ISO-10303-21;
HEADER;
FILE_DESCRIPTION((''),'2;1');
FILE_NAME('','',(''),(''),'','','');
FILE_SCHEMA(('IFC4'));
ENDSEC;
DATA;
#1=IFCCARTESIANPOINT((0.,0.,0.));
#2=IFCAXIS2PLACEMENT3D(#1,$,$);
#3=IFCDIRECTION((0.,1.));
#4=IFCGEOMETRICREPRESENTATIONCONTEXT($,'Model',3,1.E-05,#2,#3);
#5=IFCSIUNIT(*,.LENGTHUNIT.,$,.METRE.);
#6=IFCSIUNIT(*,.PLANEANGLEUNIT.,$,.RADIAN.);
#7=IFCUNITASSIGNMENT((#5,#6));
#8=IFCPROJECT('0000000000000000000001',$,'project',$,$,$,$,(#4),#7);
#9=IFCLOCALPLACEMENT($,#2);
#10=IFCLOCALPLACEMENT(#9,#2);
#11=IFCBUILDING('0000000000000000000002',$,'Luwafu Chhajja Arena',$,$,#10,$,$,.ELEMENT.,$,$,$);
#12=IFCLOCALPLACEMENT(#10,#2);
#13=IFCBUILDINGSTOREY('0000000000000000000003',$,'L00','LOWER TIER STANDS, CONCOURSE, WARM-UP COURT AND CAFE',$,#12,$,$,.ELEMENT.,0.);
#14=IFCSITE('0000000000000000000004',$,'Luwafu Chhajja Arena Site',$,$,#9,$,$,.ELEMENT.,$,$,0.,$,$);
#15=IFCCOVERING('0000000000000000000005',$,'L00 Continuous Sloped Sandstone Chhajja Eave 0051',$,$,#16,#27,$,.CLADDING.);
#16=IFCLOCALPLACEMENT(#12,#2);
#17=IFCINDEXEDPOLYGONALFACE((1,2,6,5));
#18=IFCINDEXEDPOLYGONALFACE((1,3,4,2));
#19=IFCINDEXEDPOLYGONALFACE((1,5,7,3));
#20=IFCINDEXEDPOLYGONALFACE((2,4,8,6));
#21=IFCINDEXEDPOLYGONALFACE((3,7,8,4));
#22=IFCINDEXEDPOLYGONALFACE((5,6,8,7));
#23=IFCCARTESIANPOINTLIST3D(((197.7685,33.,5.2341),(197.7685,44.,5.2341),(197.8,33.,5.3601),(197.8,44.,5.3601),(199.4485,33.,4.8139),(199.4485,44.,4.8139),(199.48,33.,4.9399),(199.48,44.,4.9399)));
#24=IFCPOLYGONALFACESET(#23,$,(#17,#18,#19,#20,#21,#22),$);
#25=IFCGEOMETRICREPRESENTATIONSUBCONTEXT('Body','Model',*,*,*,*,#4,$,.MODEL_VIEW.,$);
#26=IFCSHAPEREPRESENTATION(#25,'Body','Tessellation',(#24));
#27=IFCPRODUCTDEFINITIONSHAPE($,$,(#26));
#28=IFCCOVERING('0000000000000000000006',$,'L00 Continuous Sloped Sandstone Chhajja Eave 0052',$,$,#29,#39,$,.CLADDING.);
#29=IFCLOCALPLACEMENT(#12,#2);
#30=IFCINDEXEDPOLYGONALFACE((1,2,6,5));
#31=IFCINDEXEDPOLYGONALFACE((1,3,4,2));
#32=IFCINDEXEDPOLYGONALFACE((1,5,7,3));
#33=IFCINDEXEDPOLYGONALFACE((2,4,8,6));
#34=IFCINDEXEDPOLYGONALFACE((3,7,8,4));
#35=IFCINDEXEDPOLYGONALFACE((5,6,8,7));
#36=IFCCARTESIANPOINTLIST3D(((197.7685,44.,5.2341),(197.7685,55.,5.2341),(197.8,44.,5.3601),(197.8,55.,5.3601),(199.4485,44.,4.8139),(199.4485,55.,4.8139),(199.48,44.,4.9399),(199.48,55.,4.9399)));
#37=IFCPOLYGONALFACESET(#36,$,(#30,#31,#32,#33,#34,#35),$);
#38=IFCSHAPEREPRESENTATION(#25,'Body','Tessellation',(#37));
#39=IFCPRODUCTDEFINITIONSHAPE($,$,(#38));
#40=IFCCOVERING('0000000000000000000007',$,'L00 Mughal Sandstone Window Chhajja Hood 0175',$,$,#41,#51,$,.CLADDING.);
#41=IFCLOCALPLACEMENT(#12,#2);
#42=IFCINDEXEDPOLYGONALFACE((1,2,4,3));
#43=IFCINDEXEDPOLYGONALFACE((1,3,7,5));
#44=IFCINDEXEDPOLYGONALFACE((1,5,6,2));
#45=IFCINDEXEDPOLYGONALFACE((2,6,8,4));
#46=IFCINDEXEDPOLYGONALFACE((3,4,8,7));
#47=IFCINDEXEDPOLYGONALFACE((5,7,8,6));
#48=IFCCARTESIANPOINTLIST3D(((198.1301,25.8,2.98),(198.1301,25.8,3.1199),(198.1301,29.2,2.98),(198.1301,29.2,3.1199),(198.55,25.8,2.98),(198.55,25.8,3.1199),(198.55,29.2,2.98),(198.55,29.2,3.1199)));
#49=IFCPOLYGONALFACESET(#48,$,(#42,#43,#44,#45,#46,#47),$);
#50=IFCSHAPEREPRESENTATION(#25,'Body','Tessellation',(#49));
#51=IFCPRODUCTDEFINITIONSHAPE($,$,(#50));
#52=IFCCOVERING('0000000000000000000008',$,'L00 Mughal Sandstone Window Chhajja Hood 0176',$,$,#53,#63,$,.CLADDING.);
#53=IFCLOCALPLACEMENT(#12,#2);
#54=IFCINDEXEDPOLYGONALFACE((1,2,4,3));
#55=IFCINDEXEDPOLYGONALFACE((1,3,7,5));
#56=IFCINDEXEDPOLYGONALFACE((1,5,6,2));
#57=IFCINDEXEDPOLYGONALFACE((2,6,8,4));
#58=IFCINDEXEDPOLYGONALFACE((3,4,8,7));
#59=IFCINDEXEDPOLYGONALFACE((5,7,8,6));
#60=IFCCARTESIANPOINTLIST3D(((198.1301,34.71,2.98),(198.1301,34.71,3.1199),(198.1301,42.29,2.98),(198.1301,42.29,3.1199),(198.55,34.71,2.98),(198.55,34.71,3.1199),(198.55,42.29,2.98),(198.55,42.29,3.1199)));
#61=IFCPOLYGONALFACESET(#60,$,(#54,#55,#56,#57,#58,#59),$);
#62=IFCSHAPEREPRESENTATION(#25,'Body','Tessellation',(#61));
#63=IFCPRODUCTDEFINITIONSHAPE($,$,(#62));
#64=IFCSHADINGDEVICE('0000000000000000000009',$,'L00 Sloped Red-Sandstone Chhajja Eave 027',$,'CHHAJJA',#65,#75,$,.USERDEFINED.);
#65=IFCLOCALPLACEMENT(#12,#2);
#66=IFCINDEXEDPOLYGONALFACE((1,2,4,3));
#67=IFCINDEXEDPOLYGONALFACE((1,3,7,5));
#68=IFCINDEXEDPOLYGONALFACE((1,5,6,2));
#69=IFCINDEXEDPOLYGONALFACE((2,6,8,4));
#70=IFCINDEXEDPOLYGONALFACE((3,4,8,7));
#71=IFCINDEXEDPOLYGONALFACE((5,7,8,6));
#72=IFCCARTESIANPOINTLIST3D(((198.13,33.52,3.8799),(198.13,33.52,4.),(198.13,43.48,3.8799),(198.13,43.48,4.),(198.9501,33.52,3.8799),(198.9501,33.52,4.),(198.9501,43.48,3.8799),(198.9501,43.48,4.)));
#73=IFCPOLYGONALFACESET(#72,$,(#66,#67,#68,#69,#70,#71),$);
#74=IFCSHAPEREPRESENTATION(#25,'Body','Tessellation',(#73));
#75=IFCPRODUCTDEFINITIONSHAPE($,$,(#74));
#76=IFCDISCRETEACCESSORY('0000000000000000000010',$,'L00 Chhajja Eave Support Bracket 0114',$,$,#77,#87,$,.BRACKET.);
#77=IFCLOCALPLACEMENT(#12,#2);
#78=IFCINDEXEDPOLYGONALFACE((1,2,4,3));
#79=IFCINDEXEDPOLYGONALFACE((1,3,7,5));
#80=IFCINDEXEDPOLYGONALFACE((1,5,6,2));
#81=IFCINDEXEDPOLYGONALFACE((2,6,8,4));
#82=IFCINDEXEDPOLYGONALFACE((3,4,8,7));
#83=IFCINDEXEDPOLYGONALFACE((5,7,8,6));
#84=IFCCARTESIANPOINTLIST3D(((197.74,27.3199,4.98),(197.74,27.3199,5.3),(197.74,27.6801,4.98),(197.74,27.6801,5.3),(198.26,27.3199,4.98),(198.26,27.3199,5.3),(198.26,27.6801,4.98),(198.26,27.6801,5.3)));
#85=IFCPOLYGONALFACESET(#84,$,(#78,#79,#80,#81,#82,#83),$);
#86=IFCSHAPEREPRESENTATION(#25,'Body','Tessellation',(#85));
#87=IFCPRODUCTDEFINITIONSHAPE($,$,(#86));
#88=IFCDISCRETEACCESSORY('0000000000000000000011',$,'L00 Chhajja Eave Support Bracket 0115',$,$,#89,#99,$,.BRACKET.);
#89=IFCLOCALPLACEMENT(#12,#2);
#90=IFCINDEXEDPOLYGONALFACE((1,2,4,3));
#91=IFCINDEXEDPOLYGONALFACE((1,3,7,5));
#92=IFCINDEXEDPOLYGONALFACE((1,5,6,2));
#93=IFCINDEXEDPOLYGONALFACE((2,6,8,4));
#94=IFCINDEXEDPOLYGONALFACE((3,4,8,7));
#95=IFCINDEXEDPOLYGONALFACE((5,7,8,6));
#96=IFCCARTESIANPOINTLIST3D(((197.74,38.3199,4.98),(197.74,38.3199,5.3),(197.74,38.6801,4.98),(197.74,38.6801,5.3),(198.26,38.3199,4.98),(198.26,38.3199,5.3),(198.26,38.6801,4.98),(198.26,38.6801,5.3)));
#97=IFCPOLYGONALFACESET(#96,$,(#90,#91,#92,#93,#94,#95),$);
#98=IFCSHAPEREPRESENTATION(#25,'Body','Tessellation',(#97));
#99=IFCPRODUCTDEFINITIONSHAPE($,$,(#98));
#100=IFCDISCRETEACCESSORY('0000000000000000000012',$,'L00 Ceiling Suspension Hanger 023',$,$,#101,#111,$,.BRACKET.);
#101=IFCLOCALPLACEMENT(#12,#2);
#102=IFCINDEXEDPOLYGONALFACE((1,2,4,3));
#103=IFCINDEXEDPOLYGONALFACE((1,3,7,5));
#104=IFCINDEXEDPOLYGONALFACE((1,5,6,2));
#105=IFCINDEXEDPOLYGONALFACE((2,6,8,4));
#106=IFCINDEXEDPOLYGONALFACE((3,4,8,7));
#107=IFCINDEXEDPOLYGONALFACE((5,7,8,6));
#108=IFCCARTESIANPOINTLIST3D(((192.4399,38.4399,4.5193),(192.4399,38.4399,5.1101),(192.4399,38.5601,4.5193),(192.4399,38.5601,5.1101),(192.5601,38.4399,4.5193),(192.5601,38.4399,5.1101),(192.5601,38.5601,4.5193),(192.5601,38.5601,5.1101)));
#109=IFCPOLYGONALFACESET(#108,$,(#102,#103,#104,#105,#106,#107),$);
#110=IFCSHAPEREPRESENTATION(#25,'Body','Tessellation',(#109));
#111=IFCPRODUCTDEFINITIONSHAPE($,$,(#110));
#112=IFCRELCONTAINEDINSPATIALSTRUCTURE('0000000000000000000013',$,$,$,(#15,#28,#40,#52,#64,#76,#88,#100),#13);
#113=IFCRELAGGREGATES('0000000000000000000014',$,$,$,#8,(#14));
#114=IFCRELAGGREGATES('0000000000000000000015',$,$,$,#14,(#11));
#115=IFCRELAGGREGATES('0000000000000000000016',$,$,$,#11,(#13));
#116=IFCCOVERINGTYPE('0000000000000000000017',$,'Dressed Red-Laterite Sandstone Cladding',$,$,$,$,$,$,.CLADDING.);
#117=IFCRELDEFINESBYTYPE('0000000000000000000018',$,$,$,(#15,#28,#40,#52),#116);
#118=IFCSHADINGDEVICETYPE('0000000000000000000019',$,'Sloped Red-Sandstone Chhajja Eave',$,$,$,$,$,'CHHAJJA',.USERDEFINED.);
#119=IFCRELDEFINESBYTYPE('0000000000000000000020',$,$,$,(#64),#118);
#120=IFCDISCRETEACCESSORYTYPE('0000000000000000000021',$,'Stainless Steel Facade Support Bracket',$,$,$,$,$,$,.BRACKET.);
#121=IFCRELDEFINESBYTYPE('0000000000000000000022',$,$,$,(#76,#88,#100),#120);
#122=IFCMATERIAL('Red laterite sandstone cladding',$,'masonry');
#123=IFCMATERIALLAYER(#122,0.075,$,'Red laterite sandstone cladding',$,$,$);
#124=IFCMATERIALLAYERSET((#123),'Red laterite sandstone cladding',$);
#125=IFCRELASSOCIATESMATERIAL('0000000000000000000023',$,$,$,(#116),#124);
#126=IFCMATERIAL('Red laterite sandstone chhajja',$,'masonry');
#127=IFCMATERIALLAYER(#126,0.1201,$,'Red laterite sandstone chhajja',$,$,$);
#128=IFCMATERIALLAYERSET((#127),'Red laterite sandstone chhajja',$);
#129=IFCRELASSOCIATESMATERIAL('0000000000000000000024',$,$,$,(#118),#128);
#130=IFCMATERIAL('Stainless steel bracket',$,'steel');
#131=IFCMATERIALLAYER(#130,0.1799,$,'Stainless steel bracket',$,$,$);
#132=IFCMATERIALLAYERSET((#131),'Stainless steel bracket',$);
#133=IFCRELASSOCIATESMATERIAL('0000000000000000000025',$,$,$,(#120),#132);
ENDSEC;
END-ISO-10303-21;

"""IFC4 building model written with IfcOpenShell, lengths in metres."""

from ifc_helpers import new_model, si_unit, direction, frame, origin, origin_2d, place, context, subcontext, project, spatial, polyline, rectangle, outline, extrude, material, layer, layer_set, type_object, element, save


model = new_model("IFC4")

# Units and contexts
model_context = context("Model", 3, precision=1e-05, world=origin(), true_north=direction((0.0, 1.0)))
body_context = subcontext(model_context, "Body", "Model", "MODEL_VIEW")
ifc_project = project(units=[si_unit("LENGTHUNIT", "METRE"), si_unit("PLANEANGLEUNIT", "RADIAN")], contexts=[model_context])

# Site, building, storey
site_placement = place(None, origin())
site = spatial("IfcSite", under=ifc_project, at=site_placement, Name="Luwafu Chhajja Arena Site", CompositionType="ELEMENT", RefElevation=0.0)
building_placement = place(site_placement, origin())
building = spatial("IfcBuilding", under=site, at=building_placement, Name="Luwafu Chhajja Arena", CompositionType="ELEMENT")
storey_placement = place(building_placement, origin())
storey = spatial("IfcBuildingStorey", under=building, at=storey_placement, Name="L00", Description="LOWER TIER STANDS, CONCOURSE, WARM-UP COURT AND CAFE", CompositionType="ELEMENT", Elevation=0.0)

# Coverings
ifc_material_1 = material(Name="Red laterite sandstone cladding", Category="masonry")
ifc_layer_1 = layer(ifc_material_1, 0.075, Name="Red laterite sandstone cladding")
ifc_layer_set_1 = layer_set([ifc_layer_1], Name="Red laterite sandstone cladding")
covering_type = type_object("IfcCoveringType", Name="Dressed Red-Laterite Sandstone Cladding", PredefinedType="CLADDING", material=ifc_layer_set_1)
for number, where, z_axis, x_axis, name in (
    (1, (197.8, 33.0, 5.3601), (0.242635, 0.0, 0.970118), (0.0, 1.0, 0.0), "L00 Continuous Sloped Sandstone Chhajja Eave 0051"),
    (2, (197.8, 44.0, 5.3601), (0.242635, 0.0, 0.970118), (0.0, 1.0, 0.0), "L00 Continuous Sloped Sandstone Chhajja Eave 0052"),
):
    element("IfcCovering", number, at=place(storey_placement, frame(where, z_axis=z_axis, x_axis=x_axis)), inside=storey, type_object=covering_type, Name=name, PredefinedType="CLADDING", context=body_context, shape_type="SweptSolid", body=[
        extrude(outline(polyline([(0.0, 0.0), (11.0, 0.0), (11.0, -1.7317), (0.0, -1.7317), (0.0, 0.0)])), origin(), (0.0, 0.0, -1.0), 0.1299),
    ])
covering_1_placement = place(storey_placement, frame((198.3401, 27.5, 2.98), z_axis=(0.0, 0.0, 1.0), x_axis=(0.0, 1.0, 0.0)))
element("IfcCovering", 3, at=covering_1_placement, inside=storey, type_object=covering_type, Name="L00 Mughal Sandstone Window Chhajja Hood 0175", PredefinedType="CLADDING", context=body_context, shape_type="SweptSolid", body=[
    extrude(rectangle(XDim=3.3999, YDim=0.4199, at=origin_2d()), origin(), (0.0, 0.0, 1.0), 0.1399),
])
covering_2_placement = place(storey_placement, frame((198.3401, 38.5, 2.98), z_axis=(0.0, 0.0, 1.0), x_axis=(0.0, 1.0, 0.0)))
element("IfcCovering", 4, at=covering_2_placement, inside=storey, type_object=covering_type, Name="L00 Mughal Sandstone Window Chhajja Hood 0176", PredefinedType="CLADDING", context=body_context, shape_type="SweptSolid", body=[
    extrude(rectangle(XDim=7.5801, YDim=0.4199, at=origin_2d()), origin(), (0.0, 0.0, 1.0), 0.1399),
])

# Shading device
ifc_material_2 = material(Name="Red laterite sandstone chhajja", Category="masonry")
ifc_layer_2 = layer(ifc_material_2, 0.1201, Name="Red laterite sandstone chhajja")
ifc_layer_set_2 = layer_set([ifc_layer_2], Name="Red laterite sandstone chhajja")
shading_device_type = type_object("IfcShadingDeviceType", Name="Sloped Red-Sandstone Chhajja Eave", ElementType="CHHAJJA", PredefinedType="USERDEFINED", material=ifc_layer_set_2)
shading_device_placement = place(storey_placement, frame((198.54, 38.5, 3.8799), z_axis=(0.0, 0.0, 1.0), x_axis=(0.0, 1.0, 0.0)))
element("IfcShadingDevice", 5, at=shading_device_placement, inside=storey, type_object=shading_device_type, Name="L00 Sloped Red-Sandstone Chhajja Eave 027", ObjectType="CHHAJJA", PredefinedType="USERDEFINED", context=body_context, shape_type="SweptSolid", body=[
    extrude(rectangle(XDim=9.96, YDim=0.8201, at=origin_2d()), origin(), (0.0, 0.0, 1.0), 0.1201),
])

# Discrete accessories
ifc_material_3 = material(Name="Stainless steel bracket", Category="steel")
ifc_layer_3 = layer(ifc_material_3, 0.1799, Name="Stainless steel bracket")
ifc_layer_set_3 = layer_set([ifc_layer_3], Name="Stainless steel bracket")
discrete_accessory_type = type_object("IfcDiscreteAccessoryType", Name="Stainless Steel Facade Support Bracket", PredefinedType="BRACKET", material=ifc_layer_set_3)
for number, where, z_axis, x_axis, name in (
    (6, (198.0, 27.5, 4.98), (0.0, 0.0, 1.0), (0.0, 1.0, 0.0), "L00 Chhajja Eave Support Bracket 0114"),
    (7, (198.0, 38.5, 4.98), (0.0, 0.0, 1.0), (0.0, 1.0, 0.0), "L00 Chhajja Eave Support Bracket 0115"),
):
    element("IfcDiscreteAccessory", number, at=place(storey_placement, frame(where, z_axis=z_axis, x_axis=x_axis)), inside=storey, type_object=discrete_accessory_type, Name=name, PredefinedType="BRACKET", context=body_context, shape_type="SweptSolid", body=[
        extrude(rectangle(XDim=0.3601, YDim=0.52, at=origin_2d()), origin(), (0.0, 0.0, 1.0), 0.3201),
    ])
discrete_accessory_placement = place(storey_placement, frame((192.5, 38.5, 4.5193), z_axis=(0.0, 0.0, 1.0), x_axis=(1.0, 0.0, 0.0)))
element("IfcDiscreteAccessory", 8, at=discrete_accessory_placement, inside=storey, type_object=discrete_accessory_type, Name="L00 Ceiling Suspension Hanger 023", PredefinedType="BRACKET", context=body_context, shape_type="SweptSolid", body=[
    extrude(rectangle(XDim=0.1201, YDim=0.1201, at=origin_2d()), origin(), (0.0, 0.0, 1.0), 0.5908),
])

save(model, "model.ifc")
